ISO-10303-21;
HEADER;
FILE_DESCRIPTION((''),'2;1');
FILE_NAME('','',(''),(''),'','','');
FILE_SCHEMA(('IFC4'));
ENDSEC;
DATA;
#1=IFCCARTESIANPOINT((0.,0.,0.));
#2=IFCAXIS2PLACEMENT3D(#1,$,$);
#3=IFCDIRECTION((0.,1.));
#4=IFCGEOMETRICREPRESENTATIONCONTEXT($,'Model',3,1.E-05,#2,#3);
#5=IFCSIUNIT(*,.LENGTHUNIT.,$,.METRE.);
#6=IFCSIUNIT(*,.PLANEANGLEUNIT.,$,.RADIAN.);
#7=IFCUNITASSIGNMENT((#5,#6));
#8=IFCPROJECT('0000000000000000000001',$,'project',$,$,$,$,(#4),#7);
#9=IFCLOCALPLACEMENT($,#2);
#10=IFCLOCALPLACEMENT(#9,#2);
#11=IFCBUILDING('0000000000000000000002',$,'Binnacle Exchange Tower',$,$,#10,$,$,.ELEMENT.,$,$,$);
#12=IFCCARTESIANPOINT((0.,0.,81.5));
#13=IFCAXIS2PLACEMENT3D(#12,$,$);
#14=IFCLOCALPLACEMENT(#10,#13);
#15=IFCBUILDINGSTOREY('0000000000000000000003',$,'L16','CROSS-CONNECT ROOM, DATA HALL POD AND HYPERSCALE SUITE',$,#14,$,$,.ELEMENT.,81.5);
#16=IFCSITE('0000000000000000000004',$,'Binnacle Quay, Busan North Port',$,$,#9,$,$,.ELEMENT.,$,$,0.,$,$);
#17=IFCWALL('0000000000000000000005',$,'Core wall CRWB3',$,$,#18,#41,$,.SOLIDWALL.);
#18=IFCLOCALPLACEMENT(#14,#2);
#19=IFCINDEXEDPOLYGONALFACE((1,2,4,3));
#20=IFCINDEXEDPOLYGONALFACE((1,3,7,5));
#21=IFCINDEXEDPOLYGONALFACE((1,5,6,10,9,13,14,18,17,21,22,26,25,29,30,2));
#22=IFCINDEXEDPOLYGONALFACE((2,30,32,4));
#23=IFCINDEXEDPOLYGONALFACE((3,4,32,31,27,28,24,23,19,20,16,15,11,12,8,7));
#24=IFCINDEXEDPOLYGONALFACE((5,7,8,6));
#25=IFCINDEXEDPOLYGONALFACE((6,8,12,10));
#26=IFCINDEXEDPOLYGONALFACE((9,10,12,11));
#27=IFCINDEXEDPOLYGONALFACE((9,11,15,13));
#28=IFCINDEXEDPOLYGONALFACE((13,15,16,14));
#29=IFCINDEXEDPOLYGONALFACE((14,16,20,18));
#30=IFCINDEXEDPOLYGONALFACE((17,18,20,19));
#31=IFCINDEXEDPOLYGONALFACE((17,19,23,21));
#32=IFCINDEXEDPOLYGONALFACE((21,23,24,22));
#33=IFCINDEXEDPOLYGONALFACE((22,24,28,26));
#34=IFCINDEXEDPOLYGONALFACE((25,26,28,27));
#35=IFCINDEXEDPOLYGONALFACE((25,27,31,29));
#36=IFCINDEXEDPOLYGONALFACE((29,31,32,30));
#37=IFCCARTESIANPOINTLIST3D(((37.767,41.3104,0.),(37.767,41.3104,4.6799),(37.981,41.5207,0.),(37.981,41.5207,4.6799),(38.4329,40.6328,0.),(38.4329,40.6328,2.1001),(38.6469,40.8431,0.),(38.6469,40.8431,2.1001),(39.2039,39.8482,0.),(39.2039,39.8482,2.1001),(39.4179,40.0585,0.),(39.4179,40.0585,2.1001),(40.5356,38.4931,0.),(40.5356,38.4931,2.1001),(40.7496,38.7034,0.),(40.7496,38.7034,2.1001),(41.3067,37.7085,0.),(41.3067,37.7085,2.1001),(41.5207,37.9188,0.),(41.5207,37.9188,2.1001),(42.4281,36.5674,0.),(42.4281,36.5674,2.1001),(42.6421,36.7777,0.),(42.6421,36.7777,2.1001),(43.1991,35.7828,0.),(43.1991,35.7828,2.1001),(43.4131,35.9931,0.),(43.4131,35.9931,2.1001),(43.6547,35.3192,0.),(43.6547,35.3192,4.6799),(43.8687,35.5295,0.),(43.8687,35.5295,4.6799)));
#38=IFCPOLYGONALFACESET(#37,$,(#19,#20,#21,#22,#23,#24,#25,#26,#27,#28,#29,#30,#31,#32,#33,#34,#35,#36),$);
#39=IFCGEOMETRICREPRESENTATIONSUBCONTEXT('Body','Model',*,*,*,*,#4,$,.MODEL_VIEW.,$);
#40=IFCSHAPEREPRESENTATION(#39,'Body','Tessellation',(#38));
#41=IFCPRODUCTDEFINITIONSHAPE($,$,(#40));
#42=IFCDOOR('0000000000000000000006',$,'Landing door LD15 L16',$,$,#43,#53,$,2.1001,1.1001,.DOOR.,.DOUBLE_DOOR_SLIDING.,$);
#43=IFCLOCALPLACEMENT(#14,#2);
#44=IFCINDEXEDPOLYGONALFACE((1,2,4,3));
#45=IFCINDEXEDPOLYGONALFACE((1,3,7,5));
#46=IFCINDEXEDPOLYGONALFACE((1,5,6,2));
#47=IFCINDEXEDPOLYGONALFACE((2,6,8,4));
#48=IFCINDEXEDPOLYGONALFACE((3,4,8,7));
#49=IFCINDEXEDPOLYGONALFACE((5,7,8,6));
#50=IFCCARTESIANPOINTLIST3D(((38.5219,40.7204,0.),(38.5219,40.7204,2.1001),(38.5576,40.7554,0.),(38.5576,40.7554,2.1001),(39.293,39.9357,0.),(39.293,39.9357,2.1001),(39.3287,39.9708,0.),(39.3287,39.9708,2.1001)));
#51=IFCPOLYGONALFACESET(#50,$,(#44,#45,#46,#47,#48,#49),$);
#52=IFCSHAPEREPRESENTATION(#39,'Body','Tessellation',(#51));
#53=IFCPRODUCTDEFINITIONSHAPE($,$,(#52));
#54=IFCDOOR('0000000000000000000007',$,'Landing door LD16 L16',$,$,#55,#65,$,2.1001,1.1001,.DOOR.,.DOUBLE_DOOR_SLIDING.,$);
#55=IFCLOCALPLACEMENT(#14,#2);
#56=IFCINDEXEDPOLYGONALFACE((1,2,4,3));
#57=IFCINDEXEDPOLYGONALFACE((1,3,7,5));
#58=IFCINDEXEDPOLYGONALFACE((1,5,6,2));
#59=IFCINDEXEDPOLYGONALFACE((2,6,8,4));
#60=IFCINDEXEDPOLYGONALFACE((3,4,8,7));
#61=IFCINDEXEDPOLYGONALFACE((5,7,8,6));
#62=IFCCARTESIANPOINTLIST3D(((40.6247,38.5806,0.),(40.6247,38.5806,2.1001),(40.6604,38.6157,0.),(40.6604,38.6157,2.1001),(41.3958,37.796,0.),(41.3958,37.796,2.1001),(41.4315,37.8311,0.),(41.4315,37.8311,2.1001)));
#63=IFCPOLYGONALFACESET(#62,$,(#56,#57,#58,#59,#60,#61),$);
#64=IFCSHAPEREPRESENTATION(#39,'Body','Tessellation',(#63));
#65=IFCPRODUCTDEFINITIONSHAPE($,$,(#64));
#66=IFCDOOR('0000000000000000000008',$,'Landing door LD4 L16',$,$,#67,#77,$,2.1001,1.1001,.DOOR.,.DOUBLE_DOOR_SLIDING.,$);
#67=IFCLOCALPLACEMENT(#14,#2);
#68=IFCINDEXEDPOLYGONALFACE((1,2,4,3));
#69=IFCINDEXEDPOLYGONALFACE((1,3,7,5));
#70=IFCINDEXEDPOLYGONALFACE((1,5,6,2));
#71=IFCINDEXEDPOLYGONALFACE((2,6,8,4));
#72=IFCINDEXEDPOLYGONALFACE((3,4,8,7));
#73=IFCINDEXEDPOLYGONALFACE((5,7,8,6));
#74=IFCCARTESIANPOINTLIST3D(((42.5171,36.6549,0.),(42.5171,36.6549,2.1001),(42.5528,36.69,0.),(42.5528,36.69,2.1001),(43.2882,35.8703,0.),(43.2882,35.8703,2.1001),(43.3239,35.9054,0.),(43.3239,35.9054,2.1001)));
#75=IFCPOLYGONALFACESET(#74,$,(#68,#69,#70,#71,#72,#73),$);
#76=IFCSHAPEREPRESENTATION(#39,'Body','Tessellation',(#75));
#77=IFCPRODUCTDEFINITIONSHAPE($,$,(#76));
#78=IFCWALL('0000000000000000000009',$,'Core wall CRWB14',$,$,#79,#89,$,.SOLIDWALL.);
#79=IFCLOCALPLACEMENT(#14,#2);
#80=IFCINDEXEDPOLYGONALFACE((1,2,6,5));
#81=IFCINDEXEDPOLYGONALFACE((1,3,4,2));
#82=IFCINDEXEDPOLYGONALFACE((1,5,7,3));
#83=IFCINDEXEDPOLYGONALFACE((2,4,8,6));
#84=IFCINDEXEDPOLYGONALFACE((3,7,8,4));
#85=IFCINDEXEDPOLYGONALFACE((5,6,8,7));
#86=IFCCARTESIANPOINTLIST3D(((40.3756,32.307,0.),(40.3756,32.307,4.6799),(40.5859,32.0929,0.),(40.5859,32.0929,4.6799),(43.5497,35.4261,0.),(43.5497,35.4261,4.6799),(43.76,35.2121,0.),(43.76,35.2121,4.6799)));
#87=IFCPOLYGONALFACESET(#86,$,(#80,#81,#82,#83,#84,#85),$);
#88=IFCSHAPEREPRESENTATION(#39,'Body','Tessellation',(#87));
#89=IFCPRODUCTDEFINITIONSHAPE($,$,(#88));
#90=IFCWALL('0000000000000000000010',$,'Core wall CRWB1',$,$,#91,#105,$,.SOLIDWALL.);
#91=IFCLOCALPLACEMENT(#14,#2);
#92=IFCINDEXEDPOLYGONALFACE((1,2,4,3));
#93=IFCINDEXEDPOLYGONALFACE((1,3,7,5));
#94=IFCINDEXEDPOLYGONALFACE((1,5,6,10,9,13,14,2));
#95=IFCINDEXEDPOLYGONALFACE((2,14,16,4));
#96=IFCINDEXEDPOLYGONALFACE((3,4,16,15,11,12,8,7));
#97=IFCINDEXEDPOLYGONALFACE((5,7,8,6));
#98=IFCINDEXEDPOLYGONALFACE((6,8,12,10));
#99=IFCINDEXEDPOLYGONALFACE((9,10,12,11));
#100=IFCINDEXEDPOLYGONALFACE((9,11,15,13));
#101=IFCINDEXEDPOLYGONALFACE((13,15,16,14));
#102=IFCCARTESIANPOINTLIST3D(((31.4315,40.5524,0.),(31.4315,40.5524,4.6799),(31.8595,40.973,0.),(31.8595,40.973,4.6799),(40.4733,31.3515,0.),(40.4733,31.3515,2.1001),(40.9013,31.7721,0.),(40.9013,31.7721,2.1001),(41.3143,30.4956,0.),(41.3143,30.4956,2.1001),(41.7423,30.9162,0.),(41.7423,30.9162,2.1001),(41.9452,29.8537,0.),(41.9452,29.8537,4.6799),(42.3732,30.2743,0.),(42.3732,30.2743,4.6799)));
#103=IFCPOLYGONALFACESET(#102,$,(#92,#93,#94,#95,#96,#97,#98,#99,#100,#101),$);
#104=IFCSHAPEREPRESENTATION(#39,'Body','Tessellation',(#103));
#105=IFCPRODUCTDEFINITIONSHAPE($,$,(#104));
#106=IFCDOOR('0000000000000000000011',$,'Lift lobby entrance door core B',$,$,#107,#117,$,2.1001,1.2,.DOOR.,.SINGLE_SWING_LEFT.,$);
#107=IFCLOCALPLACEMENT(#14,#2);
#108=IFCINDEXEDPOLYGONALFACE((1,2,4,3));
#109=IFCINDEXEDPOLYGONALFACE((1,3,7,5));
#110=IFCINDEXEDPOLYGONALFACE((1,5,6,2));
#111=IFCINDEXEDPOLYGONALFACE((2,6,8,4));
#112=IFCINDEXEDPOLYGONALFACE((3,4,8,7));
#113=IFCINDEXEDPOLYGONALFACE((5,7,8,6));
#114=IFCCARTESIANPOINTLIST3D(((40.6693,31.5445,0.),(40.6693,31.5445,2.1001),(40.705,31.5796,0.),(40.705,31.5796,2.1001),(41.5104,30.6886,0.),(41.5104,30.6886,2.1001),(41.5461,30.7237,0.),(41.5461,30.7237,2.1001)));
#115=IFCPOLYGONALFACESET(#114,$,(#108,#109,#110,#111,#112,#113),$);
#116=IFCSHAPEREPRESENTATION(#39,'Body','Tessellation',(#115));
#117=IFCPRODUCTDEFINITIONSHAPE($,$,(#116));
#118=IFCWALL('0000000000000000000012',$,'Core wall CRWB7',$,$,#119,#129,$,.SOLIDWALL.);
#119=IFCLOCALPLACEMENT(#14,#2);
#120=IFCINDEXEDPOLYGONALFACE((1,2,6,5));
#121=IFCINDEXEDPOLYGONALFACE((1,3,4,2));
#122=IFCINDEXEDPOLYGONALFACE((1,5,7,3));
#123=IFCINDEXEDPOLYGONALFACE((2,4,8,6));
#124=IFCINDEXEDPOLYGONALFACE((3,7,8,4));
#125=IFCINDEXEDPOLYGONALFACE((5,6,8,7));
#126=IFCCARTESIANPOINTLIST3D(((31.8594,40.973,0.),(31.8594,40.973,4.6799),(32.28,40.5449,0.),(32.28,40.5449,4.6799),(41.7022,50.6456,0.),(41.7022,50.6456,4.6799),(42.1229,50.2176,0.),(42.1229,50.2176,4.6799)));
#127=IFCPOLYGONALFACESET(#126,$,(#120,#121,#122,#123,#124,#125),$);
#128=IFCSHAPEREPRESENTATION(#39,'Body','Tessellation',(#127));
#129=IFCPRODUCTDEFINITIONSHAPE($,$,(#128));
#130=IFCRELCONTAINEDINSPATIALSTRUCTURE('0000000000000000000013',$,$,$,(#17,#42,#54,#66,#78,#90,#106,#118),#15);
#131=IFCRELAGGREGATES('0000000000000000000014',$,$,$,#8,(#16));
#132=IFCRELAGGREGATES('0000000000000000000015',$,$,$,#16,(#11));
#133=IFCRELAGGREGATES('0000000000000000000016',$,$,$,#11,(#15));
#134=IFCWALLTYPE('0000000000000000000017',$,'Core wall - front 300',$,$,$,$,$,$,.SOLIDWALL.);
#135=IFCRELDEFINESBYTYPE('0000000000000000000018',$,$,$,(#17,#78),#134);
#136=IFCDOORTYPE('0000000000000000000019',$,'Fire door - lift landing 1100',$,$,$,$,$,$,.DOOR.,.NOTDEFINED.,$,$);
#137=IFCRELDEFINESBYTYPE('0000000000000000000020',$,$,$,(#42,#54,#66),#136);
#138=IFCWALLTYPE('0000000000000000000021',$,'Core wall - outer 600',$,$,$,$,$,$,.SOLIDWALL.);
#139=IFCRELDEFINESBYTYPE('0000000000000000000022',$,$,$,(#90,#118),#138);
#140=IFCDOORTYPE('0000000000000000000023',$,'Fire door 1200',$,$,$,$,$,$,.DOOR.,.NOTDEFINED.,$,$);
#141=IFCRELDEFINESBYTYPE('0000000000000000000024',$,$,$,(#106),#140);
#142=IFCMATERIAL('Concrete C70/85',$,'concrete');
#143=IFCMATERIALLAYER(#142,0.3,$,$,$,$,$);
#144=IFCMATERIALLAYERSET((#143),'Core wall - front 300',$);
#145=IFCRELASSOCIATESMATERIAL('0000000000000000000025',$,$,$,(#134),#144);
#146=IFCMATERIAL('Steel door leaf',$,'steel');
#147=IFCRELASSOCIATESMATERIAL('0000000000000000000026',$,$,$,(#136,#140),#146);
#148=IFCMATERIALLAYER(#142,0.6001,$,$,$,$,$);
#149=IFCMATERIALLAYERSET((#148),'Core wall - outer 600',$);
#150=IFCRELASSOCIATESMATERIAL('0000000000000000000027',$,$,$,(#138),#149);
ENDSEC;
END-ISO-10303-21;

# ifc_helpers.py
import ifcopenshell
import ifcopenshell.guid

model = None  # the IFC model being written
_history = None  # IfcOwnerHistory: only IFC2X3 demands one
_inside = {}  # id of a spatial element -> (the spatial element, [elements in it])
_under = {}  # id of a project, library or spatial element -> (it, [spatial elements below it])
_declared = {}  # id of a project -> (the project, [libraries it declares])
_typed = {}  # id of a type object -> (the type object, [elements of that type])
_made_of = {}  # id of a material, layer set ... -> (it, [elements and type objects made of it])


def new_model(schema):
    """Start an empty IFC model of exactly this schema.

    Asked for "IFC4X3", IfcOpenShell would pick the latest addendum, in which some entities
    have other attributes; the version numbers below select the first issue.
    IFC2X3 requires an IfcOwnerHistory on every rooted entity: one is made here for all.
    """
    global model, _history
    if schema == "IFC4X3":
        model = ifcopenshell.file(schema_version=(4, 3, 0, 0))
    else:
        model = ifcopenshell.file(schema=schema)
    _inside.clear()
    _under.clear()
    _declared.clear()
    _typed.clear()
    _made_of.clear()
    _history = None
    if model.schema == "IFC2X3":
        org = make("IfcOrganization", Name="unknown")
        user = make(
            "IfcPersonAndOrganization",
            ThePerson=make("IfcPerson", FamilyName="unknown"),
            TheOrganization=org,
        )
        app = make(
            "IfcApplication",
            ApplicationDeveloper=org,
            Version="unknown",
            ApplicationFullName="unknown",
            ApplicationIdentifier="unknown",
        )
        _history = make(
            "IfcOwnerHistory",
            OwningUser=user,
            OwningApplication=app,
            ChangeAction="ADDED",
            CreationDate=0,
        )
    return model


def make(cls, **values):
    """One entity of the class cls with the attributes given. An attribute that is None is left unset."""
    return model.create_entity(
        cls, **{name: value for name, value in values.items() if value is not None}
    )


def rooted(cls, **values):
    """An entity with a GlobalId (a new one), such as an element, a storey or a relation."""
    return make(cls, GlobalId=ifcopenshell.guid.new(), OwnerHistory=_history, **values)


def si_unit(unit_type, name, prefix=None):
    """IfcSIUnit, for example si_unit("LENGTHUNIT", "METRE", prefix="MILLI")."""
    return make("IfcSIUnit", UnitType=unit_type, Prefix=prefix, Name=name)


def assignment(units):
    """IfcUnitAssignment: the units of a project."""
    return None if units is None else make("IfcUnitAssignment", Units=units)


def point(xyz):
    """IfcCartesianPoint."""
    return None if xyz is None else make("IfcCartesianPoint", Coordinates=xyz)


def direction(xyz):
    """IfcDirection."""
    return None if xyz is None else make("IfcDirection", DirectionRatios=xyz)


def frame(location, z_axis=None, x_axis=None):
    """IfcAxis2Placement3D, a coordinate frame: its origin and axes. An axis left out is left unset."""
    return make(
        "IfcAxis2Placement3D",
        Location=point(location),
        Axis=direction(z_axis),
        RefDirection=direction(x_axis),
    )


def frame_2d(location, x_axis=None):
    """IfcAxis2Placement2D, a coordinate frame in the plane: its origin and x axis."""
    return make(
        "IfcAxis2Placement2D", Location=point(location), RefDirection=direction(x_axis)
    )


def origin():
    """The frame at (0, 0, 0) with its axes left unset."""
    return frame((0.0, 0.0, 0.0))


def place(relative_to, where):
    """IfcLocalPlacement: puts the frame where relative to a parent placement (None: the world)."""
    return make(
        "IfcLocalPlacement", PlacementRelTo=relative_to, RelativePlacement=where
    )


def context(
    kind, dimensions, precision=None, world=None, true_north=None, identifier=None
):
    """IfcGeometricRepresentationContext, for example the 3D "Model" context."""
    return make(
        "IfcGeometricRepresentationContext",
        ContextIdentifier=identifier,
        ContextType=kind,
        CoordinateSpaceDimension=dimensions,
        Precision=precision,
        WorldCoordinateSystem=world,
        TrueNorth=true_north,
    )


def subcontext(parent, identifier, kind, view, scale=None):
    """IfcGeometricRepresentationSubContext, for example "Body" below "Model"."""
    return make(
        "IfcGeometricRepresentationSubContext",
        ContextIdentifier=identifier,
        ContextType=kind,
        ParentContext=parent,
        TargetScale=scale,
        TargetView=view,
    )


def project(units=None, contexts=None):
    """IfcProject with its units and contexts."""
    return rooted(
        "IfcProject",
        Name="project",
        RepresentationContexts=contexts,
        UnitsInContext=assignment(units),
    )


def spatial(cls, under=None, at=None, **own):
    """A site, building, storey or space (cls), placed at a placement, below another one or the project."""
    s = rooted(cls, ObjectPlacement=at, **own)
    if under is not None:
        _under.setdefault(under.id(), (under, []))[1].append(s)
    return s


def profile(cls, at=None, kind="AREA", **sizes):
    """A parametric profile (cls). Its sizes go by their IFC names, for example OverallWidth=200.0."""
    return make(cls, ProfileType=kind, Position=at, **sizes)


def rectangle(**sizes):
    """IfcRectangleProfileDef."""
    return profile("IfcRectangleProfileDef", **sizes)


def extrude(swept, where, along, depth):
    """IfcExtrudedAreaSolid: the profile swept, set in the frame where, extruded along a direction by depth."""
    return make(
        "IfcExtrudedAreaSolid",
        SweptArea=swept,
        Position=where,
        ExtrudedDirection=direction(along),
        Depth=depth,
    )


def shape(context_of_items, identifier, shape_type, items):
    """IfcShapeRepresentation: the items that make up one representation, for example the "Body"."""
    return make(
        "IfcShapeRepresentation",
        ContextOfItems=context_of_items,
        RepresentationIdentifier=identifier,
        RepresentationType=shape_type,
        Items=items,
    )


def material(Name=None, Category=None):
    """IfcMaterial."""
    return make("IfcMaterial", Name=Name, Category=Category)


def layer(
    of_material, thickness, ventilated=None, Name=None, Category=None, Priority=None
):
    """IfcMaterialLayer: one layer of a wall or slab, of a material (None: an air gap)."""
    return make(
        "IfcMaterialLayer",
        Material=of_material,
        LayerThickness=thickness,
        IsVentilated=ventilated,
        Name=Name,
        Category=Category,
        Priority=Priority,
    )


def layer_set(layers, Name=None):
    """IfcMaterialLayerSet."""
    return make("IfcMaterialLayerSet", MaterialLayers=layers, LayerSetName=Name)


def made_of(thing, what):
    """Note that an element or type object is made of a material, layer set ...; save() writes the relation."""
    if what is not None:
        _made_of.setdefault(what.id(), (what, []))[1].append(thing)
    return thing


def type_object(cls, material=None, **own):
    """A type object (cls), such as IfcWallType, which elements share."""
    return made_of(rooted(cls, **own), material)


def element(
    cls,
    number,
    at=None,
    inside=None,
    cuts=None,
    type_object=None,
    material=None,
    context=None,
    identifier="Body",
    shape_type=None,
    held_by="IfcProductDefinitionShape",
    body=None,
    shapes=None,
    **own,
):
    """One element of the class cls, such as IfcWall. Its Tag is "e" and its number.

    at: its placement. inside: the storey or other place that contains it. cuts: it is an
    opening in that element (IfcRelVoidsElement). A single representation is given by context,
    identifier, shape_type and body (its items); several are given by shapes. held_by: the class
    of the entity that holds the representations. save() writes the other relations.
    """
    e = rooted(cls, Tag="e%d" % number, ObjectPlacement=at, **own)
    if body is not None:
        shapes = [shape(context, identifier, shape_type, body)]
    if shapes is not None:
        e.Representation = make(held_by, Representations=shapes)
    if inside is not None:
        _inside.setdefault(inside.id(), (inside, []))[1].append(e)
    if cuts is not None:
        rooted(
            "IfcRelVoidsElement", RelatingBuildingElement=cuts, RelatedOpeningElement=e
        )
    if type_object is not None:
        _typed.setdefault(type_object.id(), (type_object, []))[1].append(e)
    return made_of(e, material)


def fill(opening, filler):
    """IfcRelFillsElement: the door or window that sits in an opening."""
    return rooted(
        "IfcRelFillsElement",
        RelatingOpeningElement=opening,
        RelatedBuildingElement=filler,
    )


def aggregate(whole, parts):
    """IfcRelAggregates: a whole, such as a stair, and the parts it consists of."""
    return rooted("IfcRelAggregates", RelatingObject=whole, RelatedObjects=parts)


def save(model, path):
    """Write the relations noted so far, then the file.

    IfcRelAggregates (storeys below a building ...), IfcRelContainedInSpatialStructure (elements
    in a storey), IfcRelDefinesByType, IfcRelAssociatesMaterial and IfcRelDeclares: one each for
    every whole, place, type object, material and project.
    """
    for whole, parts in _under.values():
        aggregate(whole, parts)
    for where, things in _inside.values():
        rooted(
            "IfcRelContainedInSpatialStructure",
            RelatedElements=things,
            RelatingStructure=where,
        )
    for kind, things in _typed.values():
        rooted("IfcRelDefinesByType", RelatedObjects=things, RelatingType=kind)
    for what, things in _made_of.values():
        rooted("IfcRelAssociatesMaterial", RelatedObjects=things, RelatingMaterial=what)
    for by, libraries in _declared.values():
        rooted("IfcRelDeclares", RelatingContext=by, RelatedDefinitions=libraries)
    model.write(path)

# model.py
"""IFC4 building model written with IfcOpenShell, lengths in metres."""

from ifc_helpers import new_model, si_unit, direction, frame, frame_2d, origin, place, context, subcontext, project, spatial, rectangle, extrude, material, layer, layer_set, type_object, element, fill, save


model = new_model("IFC4")

# Units and contexts
model_context = context("Model", 3, precision=1e-05, world=origin(), true_north=direction((0.0, 1.0)))
body_context = subcontext(model_context, "Body", "Model", "MODEL_VIEW")
ifc_project = project(units=[si_unit("LENGTHUNIT", "METRE"), si_unit("PLANEANGLEUNIT", "RADIAN")], contexts=[model_context])

# Site, building, storey
site_placement = place(None, origin())
site = spatial("IfcSite", under=ifc_project, at=site_placement, Name="Binnacle Quay, Busan North Port", CompositionType="ELEMENT", RefElevation=0.0)
building_placement = place(site_placement, origin())
building = spatial("IfcBuilding", under=site, at=building_placement, Name="Binnacle Exchange Tower", CompositionType="ELEMENT")
storey_placement = place(building_placement, frame((0.0, 0.0, 81.5)))
storey = spatial("IfcBuildingStorey", under=building, at=storey_placement, Name="L16", Description="CROSS-CONNECT ROOM, DATA HALL POD AND HYPERSCALE SUITE", CompositionType="ELEMENT", Elevation=81.5)

# Shared definitions
ifc_material_1 = material(Name="Concrete C70/85", Category="concrete")

# Wall, openings, doors
ifc_layer_1 = layer(ifc_material_1, 0.3)
ifc_layer_set_1 = layer_set([ifc_layer_1], Name="Core wall - front 300")
wall_type_1 = type_object("IfcWallType", Name="Core wall - front 300", PredefinedType="SOLIDWALL", material=ifc_layer_set_1)
wall_1_placement = place(storey_placement, frame((37.874, 41.4155, 0.0), z_axis=(0.0, 0.0, 1.0), x_axis=(0.700918, -0.713242, 0.0)))
wall_1 = element("IfcWall", 1, at=wall_1_placement, inside=storey, type_object=wall_type_1, Name="Core wall CRWB3", PredefinedType="SOLIDWALL", context=body_context, shape_type="SweptSolid", body=[
    extrude(rectangle(XDim=8.3999, YDim=0.3, at=frame_2d((4.2, 0.0))), origin(), (0.0, 0.0, 1.0), 4.6799),
])
opening_1_placement = place(wall_1_placement, frame((0.95, 0.0, 0.0)))
opening_1 = element("IfcOpeningElement", 2, at=opening_1_placement, cuts=wall_1, PredefinedType="OPENING", context=body_context, shape_type="SweptSolid", body=[
    extrude(rectangle(XDim=1.1001, YDim=2.1001, at=frame_2d((0.55, 1.05))), frame((0.0, 0.1599, 0.0), z_axis=(0.0, -1.0, 0.0), x_axis=(1.0, 0.0, 0.0)), (0.0, 0.0, 1.0), 0.3201),
])
opening_2_placement = place(wall_1_placement, frame((3.95, 0.0, 0.0)))
opening_2 = element("IfcOpeningElement", 3, at=opening_2_placement, cuts=wall_1, PredefinedType="OPENING", context=body_context, shape_type="SweptSolid", body=[
    extrude(rectangle(XDim=1.1001, YDim=2.1001, at=frame_2d((0.55, 1.05))), frame((0.0, 0.1599, 0.0), z_axis=(0.0, -1.0, 0.0), x_axis=(1.0, 0.0, 0.0)), (0.0, 0.0, 1.0), 0.3201),
])
opening_3_placement = place(wall_1_placement, frame((6.6499, 0.0, 0.0)))
opening_3 = element("IfcOpeningElement", 4, at=opening_3_placement, cuts=wall_1, PredefinedType="OPENING", context=body_context, shape_type="SweptSolid", body=[
    extrude(rectangle(XDim=1.1001, YDim=2.1001, at=frame_2d((0.55, 1.05))), frame((0.0, 0.1599, 0.0), z_axis=(0.0, -1.0, 0.0), x_axis=(1.0, 0.0, 0.0)), (0.0, 0.0, 1.0), 0.3201),
])
ifc_material_2 = material(Name="Steel door leaf", Category="steel")
door_type_1 = type_object("IfcDoorType", Name="Fire door - lift landing 1100", OperationType="NOTDEFINED", PredefinedType="DOOR", material=ifc_material_2)
door_1_placement = place(opening_1_placement, origin())
door_1 = element("IfcDoor", 5, at=door_1_placement, inside=storey, type_object=door_type_1, Name="Landing door LD15 L16", OperationType="DOUBLE_DOOR_SLIDING", OverallHeight=2.1001, OverallWidth=1.1001, PredefinedType="DOOR", context=body_context, shape_type="SweptSolid", body=[
    extrude(rectangle(XDim=1.1001, YDim=2.1001, at=frame_2d((0.55, 1.05))), frame((0.0, 0.0249, 0.0), z_axis=(0.0, -1.0, 0.0), x_axis=(1.0, 0.0, 0.0)), (0.0, 0.0, 1.0), 0.05),
])
fill(opening_1, door_1)
door_2_placement = place(opening_2_placement, origin())
door_2 = element("IfcDoor", 6, at=door_2_placement, inside=storey, type_object=door_type_1, Name="Landing door LD16 L16", OperationType="DOUBLE_DOOR_SLIDING", OverallHeight=2.1001, OverallWidth=1.1001, PredefinedType="DOOR", context=body_context, shape_type="SweptSolid", body=[
    extrude(rectangle(XDim=1.1001, YDim=2.1001, at=frame_2d((0.55, 1.05))), frame((0.0, 0.0249, 0.0), z_axis=(0.0, -1.0, 0.0), x_axis=(1.0, 0.0, 0.0)), (0.0, 0.0, 1.0), 0.05),
])
fill(opening_2, door_2)
door_3_placement = place(opening_3_placement, origin())
door_3 = element("IfcDoor", 7, at=door_3_placement, inside=storey, type_object=door_type_1, Name="Landing door LD4 L16", OperationType="DOUBLE_DOOR_SLIDING", OverallHeight=2.1001, OverallWidth=1.1001, PredefinedType="DOOR", context=body_context, shape_type="SweptSolid", body=[
    extrude(rectangle(XDim=1.1001, YDim=2.1001, at=frame_2d((0.55, 1.05))), frame((0.0, 0.0249, 0.0), z_axis=(0.0, -1.0, 0.0), x_axis=(1.0, 0.0, 0.0)), (0.0, 0.0, 1.0), 0.05),
])
fill(opening_3, door_3)

# Wall
wall_2_placement = place(storey_placement, frame((40.4807, 32.2, 0.0), z_axis=(0.0, 0.0, 1.0), x_axis=(0.713252, 0.700908, 0.0)))
element("IfcWall", 8, at=wall_2_placement, inside=storey, type_object=wall_type_1, Name="Core wall CRWB14", PredefinedType="SOLIDWALL", context=body_context, shape_type="SweptSolid", body=[
    extrude(rectangle(XDim=4.4502, YDim=0.3, at=frame_2d((2.2251, 0.0))), origin(), (0.0, 0.0, 1.0), 4.6799),
])

# Wall, opening, door
ifc_layer_2 = layer(ifc_material_1, 0.6001)
ifc_layer_set_2 = layer_set([ifc_layer_2], Name="Core wall - outer 600")
wall_type_2 = type_object("IfcWallType", Name="Core wall - outer 600", PredefinedType="SOLIDWALL", material=ifc_layer_set_2)
wall_3_placement = place(storey_placement, frame((31.6455, 40.7627, 0.0), z_axis=(0.0, 0.0, 1.0), x_axis=(0.700911, -0.713248, 0.0)))
wall_3 = element("IfcWall", 9, at=wall_3_placement, inside=storey, type_object=wall_type_2, Name="Core wall CRWB1", PredefinedType="SOLIDWALL", context=body_context, shape_type="SweptSolid", body=[
    extrude(rectangle(XDim=15.0, YDim=0.6001, at=frame_2d((7.5, 0.0))), origin(), (0.0, 0.0, 1.0), 4.6799),
])
opening_4_placement = place(wall_3_placement, frame((12.8999, 0.0, 0.0)))
opening_4 = element("IfcOpeningElement", 10, at=opening_4_placement, cuts=wall_3, PredefinedType="OPENING", context=body_context, shape_type="SweptSolid", body=[
    extrude(rectangle(XDim=1.2, YDim=2.1001, at=frame_2d((0.6001, 1.05))), frame((0.0, 0.3101, 0.0), z_axis=(0.0, -1.0, 0.0), x_axis=(1.0, 0.0, 0.0)), (0.0, 0.0, 1.0), 0.6201),
])
door_type_2 = type_object("IfcDoorType", Name="Fire door 1200", OperationType="NOTDEFINED", PredefinedType="DOOR", material=ifc_material_2)
door_4_placement = place(opening_4_placement, frame((1.2, 0.0, 0.0), z_axis=(0.0, 0.0, 1.0), x_axis=(-1.0, 0.0, 0.0)))
door_4 = element("IfcDoor", 11, at=door_4_placement, inside=storey, type_object=door_type_2, Name="Lift lobby entrance door core B", OperationType="SINGLE_SWING_LEFT", OverallHeight=2.1001, OverallWidth=1.2, PredefinedType="DOOR", context=body_context, shape_type="SweptSolid", body=[
    extrude(rectangle(XDim=1.2, YDim=2.1001, at=frame_2d((0.6001, 1.05))), frame((0.0, 0.0249, 0.0), z_axis=(0.0, -1.0, 0.0), x_axis=(1.0, 0.0, 0.0)), (0.0, 0.0, 1.0), 0.05),
])
fill(opening_4, door_4)

# Wall
wall_4_placement = place(storey_placement, frame((32.0698, 40.759, 0.0), z_axis=(0.0, 0.0, 1.0), x_axis=(0.713245, 0.700914, 0.0)))
element("IfcWall", 12, at=wall_4_placement, inside=storey, type_object=wall_type_2, Name="Core wall CRWB7", PredefinedType="SOLIDWALL", context=body_context, shape_type="SweptSolid", body=[
    extrude(rectangle(XDim=13.8, YDim=0.6001, at=frame_2d((6.8999, 0.0))), origin(), (0.0, 0.0, 1.0), 4.6799),
])

save(model, "model.ifc")
